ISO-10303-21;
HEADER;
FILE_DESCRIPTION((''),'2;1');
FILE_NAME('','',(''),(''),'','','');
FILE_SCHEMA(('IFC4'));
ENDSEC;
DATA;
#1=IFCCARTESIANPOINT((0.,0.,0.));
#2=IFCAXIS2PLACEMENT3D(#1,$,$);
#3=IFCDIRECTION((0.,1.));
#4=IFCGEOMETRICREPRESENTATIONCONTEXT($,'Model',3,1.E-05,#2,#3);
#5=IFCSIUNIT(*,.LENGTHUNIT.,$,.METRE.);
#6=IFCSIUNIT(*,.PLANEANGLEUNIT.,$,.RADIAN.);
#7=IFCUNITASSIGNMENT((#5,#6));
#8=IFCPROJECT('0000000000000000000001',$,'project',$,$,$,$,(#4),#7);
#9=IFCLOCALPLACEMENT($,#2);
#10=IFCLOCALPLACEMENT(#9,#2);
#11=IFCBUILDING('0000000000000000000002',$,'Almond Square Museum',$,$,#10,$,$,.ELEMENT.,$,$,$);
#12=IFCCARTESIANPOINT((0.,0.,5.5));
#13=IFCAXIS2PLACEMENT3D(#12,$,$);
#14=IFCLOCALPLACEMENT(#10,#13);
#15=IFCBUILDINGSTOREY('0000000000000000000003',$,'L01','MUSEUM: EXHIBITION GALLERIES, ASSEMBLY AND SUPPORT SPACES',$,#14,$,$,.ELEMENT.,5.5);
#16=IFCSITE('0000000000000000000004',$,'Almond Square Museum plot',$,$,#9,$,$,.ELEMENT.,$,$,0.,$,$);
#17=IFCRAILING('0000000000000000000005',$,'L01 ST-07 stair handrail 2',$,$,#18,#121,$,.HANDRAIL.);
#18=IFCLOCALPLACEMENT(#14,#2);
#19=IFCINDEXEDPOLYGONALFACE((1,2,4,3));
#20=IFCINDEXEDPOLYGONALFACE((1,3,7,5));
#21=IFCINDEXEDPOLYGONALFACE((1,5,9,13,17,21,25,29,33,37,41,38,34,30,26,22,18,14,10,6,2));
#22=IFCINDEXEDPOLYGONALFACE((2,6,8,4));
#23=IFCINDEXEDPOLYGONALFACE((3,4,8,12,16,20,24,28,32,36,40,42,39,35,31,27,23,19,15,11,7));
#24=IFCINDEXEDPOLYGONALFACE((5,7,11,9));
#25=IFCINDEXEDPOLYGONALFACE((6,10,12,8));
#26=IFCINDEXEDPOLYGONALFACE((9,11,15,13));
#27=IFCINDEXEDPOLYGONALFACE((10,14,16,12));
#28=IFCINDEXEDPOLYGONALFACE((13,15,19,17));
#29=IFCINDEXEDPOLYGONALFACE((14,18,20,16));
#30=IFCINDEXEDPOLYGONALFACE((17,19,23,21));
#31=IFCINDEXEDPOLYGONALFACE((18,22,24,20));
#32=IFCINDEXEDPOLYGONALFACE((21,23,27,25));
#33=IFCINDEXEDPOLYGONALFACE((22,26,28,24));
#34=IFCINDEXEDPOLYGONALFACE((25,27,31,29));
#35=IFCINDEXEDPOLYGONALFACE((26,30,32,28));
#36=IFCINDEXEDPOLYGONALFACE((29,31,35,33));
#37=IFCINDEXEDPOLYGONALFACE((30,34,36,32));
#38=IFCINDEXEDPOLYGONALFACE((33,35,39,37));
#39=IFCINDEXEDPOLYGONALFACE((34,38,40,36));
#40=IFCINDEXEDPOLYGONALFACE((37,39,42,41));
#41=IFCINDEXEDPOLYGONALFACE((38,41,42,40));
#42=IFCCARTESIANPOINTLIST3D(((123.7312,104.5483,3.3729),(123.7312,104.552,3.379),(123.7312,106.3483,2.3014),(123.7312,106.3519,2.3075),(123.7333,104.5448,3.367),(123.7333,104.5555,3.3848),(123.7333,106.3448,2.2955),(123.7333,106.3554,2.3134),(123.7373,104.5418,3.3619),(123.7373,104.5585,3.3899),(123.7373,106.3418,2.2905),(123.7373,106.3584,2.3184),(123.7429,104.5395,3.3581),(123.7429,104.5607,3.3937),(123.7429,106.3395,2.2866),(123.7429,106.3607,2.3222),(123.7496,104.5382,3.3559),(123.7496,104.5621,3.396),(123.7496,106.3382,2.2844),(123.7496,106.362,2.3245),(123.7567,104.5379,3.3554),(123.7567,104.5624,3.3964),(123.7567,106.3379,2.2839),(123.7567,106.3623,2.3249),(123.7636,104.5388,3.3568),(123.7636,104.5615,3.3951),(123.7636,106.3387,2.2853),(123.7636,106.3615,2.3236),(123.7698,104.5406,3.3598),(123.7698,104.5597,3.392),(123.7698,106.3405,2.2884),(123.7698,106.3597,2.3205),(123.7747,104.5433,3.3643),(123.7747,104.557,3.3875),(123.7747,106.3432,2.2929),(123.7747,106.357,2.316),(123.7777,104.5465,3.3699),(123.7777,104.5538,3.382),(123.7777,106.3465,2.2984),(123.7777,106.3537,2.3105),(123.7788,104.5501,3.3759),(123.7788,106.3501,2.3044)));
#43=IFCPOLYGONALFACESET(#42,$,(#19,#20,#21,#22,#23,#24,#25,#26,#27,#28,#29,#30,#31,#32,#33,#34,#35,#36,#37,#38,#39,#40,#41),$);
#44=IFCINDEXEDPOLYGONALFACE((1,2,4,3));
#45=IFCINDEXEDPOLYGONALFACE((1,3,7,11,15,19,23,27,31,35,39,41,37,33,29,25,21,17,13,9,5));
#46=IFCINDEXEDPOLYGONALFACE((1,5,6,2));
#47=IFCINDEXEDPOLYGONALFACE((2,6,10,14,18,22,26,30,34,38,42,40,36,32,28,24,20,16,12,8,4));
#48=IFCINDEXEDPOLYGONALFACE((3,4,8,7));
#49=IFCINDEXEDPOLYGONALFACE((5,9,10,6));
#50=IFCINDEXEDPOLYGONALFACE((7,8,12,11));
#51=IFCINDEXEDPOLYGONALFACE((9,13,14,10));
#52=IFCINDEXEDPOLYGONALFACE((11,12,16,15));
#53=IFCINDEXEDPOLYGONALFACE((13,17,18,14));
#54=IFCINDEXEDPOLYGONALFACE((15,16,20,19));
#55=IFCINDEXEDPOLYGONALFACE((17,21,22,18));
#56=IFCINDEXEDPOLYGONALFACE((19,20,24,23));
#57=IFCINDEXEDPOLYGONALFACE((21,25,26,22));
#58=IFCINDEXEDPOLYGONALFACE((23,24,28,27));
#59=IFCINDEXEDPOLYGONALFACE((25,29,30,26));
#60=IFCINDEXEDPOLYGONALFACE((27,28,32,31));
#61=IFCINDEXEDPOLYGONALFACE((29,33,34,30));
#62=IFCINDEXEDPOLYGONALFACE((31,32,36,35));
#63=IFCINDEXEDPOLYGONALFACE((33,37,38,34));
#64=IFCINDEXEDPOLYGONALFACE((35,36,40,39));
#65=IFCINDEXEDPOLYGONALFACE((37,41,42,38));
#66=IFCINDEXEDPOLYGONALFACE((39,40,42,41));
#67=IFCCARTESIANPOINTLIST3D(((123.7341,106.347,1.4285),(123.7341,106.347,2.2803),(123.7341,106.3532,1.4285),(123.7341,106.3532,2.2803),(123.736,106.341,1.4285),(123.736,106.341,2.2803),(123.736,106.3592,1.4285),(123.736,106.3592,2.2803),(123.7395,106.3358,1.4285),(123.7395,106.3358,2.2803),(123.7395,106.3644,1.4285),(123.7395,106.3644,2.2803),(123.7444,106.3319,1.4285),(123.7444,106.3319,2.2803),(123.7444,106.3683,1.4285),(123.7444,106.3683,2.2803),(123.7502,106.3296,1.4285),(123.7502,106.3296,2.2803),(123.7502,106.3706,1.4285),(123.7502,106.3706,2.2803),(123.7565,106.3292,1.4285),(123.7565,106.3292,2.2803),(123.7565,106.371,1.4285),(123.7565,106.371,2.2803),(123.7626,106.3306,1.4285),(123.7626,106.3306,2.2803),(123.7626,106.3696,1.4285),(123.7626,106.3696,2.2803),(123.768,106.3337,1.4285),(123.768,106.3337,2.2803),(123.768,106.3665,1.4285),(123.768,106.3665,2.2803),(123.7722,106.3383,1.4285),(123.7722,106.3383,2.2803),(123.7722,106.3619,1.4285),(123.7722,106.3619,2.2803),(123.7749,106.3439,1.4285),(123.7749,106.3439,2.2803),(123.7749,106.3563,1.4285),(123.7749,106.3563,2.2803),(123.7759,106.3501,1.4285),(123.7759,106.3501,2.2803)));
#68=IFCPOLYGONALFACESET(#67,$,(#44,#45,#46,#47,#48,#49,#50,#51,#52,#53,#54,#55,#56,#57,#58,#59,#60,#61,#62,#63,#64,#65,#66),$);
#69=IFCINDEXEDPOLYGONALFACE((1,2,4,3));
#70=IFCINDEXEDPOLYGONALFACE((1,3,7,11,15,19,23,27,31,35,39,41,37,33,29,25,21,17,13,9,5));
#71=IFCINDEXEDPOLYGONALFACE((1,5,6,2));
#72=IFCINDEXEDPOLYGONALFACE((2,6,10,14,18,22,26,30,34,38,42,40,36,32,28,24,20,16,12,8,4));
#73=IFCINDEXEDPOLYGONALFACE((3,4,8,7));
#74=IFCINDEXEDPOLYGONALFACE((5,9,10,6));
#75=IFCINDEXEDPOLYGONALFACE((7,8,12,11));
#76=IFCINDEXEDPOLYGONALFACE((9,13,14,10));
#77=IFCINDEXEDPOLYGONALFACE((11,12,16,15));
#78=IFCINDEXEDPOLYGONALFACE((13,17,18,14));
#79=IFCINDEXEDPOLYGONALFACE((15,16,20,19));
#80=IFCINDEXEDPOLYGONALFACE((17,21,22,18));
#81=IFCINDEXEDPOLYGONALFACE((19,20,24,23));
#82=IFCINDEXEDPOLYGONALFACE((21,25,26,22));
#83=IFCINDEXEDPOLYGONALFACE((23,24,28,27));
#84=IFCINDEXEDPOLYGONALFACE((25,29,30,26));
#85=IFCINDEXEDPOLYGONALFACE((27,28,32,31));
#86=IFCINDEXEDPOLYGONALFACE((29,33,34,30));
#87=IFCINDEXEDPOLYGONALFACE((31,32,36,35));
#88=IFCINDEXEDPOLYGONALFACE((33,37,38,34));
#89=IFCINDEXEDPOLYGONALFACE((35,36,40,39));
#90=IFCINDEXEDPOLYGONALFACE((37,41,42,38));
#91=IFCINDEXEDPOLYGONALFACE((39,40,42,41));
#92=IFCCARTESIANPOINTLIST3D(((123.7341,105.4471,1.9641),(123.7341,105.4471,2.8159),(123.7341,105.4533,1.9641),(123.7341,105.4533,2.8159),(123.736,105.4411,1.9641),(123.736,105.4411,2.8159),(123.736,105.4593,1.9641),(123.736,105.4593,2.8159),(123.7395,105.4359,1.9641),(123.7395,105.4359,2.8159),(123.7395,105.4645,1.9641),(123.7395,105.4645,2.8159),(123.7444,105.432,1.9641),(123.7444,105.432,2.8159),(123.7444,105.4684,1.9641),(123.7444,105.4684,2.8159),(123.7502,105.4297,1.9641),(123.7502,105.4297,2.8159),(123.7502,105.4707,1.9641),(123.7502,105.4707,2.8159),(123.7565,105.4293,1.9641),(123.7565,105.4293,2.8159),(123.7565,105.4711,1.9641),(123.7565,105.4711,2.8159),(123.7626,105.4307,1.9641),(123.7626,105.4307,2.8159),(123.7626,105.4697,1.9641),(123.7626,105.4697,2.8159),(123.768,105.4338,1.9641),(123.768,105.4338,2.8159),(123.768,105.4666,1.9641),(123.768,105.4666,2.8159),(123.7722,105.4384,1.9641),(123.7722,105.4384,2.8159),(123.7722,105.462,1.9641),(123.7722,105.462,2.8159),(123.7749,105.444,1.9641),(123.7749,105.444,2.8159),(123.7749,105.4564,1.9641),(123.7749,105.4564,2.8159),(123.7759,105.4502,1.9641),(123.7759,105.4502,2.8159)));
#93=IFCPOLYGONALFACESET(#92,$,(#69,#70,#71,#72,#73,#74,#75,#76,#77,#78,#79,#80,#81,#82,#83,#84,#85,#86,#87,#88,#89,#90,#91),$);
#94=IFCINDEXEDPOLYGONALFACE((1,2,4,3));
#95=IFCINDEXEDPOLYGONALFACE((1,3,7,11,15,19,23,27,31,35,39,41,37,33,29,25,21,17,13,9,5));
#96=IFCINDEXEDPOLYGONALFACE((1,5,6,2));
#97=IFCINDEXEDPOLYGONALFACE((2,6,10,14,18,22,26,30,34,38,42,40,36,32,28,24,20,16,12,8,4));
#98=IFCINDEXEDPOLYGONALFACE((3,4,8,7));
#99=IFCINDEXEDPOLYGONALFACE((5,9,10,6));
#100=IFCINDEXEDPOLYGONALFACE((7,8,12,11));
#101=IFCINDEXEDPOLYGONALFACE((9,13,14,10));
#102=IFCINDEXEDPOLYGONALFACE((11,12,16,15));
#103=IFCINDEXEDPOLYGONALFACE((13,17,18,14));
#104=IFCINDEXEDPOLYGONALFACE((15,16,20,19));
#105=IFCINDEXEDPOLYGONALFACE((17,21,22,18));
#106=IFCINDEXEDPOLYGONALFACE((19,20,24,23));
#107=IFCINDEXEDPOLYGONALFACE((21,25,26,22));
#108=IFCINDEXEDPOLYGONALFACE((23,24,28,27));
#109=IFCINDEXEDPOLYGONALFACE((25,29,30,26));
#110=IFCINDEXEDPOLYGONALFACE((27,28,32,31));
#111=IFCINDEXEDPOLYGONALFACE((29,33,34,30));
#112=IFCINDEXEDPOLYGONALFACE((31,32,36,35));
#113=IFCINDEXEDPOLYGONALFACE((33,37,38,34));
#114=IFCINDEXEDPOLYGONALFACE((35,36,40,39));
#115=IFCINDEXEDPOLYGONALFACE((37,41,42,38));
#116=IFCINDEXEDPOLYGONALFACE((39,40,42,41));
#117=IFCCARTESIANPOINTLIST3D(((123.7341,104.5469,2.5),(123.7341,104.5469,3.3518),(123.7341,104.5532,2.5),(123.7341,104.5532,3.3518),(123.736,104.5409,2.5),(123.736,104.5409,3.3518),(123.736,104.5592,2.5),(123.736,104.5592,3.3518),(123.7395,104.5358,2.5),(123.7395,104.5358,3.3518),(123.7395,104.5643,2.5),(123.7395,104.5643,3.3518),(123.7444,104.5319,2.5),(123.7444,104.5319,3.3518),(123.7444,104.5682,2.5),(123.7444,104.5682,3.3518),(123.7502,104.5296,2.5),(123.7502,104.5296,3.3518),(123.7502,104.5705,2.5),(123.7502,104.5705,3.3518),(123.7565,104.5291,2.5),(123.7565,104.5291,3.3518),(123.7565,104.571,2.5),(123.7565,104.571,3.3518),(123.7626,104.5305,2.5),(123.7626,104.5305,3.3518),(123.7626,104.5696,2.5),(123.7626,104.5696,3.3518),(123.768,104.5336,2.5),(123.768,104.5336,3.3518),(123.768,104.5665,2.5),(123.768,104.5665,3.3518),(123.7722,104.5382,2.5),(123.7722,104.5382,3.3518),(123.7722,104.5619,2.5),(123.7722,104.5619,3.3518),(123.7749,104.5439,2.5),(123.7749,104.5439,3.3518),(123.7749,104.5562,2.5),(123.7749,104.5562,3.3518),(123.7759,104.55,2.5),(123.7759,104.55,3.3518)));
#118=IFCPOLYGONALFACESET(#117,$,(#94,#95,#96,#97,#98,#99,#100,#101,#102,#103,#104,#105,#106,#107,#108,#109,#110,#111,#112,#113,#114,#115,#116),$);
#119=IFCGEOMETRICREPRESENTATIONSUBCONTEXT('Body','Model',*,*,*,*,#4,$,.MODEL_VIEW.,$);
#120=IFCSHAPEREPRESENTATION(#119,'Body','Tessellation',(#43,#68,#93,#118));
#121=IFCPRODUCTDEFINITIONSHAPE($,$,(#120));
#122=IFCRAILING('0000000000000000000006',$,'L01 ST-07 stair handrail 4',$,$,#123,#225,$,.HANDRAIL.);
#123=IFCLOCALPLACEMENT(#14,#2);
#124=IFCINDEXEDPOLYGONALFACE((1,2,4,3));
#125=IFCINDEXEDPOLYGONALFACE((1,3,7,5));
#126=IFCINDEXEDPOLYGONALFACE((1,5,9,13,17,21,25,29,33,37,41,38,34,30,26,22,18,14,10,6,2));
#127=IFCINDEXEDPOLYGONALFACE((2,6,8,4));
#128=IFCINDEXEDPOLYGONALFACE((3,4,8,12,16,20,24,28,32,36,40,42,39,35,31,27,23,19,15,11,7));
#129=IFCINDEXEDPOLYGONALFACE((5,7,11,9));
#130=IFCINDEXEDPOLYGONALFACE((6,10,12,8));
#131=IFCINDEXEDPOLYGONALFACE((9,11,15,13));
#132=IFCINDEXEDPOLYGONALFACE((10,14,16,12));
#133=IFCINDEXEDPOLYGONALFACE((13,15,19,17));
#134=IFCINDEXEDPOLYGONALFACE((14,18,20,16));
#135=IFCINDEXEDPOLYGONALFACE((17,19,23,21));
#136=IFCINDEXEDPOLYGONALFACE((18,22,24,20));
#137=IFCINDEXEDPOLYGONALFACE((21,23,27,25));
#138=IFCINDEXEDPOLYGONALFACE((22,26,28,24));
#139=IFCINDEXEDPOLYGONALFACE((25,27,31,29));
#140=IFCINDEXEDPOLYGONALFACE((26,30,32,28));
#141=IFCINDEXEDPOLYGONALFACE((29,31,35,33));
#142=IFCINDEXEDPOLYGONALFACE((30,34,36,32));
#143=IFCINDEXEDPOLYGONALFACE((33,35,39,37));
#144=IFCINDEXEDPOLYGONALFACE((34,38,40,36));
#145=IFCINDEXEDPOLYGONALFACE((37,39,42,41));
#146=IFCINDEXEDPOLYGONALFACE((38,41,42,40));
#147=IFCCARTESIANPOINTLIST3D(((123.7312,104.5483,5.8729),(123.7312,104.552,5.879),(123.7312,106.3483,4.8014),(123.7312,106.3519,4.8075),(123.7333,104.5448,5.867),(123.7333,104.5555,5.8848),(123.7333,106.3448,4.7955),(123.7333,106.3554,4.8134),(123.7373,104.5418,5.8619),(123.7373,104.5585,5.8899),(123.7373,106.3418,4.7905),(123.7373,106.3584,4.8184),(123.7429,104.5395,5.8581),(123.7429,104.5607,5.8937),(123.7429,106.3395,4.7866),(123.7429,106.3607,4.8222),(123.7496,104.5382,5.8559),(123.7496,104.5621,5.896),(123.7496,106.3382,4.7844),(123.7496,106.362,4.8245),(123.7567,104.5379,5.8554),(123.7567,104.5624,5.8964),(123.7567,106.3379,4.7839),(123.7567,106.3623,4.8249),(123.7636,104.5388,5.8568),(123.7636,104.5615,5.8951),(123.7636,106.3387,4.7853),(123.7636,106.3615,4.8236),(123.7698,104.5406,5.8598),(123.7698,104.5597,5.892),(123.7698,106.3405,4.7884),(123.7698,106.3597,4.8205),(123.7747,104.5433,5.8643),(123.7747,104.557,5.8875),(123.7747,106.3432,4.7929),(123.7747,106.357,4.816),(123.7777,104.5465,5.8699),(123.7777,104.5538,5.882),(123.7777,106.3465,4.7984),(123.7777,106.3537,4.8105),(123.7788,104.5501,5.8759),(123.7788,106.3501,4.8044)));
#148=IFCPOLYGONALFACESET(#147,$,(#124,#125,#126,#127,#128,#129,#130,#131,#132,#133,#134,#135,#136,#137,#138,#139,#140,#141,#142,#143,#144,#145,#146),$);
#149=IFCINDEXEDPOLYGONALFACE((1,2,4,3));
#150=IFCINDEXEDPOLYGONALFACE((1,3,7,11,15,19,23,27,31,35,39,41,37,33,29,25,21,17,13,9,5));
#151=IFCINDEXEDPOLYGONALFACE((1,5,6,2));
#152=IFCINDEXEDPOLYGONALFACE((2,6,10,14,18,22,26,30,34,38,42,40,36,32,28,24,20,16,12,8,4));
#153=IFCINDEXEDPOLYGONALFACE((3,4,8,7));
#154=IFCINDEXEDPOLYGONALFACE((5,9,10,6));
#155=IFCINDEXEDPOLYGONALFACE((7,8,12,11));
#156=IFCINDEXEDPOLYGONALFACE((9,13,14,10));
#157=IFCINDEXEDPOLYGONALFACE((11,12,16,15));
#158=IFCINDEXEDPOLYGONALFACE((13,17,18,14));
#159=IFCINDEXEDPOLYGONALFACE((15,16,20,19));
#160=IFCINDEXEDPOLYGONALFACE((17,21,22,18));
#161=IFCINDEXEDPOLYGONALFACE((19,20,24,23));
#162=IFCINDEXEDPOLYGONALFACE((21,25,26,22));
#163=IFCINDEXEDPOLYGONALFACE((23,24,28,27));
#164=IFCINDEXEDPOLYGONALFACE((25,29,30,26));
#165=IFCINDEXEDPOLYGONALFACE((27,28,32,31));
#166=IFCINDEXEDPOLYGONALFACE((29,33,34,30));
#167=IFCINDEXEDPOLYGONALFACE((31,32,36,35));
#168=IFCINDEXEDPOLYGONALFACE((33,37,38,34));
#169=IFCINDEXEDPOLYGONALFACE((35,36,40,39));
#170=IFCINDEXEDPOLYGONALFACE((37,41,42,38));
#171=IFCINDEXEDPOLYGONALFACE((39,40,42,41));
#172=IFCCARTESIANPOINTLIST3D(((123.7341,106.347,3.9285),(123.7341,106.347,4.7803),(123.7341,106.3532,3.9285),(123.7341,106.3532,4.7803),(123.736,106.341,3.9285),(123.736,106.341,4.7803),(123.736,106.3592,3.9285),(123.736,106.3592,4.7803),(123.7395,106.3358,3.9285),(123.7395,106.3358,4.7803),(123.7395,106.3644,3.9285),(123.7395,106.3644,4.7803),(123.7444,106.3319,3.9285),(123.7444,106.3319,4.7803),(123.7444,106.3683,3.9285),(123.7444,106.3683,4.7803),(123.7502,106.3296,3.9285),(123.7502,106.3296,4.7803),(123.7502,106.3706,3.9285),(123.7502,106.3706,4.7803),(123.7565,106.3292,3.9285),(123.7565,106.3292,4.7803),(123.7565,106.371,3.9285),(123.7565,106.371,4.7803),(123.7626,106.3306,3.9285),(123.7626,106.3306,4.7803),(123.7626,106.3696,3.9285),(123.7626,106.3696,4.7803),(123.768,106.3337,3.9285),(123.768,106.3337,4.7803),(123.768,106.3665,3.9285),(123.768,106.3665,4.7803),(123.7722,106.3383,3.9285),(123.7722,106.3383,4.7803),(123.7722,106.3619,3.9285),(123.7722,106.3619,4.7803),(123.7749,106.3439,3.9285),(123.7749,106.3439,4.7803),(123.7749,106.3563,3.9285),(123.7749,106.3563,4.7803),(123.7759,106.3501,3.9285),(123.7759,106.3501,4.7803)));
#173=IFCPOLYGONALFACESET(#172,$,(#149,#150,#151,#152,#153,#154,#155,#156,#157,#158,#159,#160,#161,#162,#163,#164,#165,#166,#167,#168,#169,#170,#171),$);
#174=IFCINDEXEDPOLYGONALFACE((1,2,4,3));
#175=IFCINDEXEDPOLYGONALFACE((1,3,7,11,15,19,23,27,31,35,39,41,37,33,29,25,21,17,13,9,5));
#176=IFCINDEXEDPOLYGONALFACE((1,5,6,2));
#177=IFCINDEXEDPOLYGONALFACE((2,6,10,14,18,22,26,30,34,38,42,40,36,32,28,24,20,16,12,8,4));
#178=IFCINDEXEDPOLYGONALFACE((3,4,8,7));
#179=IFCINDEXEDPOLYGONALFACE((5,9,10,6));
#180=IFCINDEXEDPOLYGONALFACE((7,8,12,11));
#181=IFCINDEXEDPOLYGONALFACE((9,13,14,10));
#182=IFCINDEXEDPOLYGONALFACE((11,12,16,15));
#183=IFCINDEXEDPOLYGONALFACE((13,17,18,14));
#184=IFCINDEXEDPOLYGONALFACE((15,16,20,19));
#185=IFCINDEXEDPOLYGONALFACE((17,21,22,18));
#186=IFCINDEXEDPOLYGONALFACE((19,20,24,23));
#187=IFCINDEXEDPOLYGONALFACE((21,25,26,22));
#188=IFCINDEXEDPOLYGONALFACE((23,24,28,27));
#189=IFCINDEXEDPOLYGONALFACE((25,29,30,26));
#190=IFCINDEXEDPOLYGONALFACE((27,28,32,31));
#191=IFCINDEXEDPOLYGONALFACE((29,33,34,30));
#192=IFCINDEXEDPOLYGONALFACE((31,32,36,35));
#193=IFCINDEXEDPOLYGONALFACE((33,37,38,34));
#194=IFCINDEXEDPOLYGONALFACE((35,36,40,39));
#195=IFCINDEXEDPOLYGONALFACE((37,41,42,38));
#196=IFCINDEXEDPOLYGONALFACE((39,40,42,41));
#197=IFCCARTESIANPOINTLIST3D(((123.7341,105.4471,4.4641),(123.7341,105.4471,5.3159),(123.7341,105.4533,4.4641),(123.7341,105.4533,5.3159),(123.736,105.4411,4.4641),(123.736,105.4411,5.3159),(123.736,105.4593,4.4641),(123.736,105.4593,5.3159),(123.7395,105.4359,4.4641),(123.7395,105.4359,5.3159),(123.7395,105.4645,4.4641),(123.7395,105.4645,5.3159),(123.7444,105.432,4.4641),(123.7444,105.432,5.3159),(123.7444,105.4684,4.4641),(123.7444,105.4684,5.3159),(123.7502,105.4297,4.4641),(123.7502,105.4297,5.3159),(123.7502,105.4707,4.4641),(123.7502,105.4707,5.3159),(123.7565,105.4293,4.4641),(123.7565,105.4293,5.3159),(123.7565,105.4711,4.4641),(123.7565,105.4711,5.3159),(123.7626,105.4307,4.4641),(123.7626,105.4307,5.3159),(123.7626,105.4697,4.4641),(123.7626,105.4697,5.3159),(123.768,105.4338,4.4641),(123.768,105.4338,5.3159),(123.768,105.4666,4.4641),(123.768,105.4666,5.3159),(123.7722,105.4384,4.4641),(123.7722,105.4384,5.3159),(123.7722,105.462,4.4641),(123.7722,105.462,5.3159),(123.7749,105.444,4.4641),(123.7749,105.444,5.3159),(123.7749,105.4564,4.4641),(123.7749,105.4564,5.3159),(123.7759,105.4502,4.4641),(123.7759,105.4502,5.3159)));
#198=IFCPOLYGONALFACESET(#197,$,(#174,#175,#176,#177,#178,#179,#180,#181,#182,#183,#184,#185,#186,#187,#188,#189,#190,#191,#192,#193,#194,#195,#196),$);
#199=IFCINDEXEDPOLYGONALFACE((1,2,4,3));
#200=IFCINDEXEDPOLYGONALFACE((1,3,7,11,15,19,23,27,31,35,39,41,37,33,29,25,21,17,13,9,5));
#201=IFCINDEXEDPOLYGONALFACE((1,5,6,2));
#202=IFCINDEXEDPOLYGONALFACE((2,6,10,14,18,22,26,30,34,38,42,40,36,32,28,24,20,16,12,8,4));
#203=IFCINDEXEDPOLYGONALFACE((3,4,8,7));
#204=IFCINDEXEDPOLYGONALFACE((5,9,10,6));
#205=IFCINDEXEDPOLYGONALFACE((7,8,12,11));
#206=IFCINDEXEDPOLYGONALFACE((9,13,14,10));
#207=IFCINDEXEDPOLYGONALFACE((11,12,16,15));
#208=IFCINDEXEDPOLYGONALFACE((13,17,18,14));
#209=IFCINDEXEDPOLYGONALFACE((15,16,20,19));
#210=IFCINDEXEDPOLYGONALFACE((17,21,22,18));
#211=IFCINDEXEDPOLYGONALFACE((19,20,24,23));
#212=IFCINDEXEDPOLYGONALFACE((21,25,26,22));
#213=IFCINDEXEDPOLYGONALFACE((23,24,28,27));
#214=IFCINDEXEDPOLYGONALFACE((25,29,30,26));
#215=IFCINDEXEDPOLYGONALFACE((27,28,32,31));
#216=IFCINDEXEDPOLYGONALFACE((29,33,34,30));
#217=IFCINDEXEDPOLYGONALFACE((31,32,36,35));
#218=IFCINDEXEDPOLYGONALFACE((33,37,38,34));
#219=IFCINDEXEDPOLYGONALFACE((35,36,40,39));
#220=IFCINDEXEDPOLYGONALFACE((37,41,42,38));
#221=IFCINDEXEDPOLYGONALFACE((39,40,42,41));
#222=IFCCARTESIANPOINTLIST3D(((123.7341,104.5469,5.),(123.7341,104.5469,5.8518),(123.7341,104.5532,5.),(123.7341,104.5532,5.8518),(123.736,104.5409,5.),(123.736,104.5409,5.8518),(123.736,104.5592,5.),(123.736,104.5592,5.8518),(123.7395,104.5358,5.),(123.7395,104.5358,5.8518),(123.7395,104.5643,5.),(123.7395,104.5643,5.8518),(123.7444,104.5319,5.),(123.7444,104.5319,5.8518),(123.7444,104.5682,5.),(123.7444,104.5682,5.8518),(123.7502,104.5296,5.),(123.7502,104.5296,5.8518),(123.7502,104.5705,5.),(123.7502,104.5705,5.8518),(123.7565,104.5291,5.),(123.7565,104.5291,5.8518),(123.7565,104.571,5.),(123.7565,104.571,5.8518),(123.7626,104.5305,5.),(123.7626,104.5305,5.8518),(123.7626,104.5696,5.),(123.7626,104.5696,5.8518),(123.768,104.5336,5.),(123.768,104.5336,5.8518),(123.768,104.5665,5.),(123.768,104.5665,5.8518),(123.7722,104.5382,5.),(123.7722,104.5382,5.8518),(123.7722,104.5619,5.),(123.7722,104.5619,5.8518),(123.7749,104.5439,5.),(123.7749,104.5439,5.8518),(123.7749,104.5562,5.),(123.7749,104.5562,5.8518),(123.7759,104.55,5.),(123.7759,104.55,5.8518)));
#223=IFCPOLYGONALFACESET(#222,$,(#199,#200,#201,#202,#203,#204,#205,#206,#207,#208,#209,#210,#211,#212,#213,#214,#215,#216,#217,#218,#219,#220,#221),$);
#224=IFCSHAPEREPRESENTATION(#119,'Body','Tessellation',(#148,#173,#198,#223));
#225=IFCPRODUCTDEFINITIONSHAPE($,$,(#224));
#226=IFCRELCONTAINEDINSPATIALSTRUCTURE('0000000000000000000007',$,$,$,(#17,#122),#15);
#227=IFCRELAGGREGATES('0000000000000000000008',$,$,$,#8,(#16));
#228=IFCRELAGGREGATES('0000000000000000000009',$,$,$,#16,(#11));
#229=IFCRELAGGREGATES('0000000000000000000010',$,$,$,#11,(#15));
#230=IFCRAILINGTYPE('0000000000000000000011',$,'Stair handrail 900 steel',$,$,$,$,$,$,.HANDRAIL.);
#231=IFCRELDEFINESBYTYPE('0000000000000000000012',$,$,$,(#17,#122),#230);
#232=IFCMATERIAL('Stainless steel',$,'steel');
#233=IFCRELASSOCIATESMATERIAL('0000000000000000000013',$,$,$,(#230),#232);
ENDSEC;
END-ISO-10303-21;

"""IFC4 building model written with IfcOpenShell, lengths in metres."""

from ifc_helpers import new_model, si_unit, direction, frame, origin, origin_2d, place, context, subcontext, project, spatial, circle, extrude, material, type_object, element, save


model = new_model("IFC4")

# Units and contexts
model_context = context("Model", 3, precision=1e-05, world=origin(), true_north=direction((0.0, 1.0)))
body_context = subcontext(model_context, "Body", "Model", "MODEL_VIEW")
ifc_project = project(units=[si_unit("LENGTHUNIT", "METRE"), si_unit("PLANEANGLEUNIT", "RADIAN")], contexts=[model_context])

# Site, building, storey
site_placement = place(None, origin())
site = spatial("IfcSite", under=ifc_project, at=site_placement, Name="Almond Square Museum plot", CompositionType="ELEMENT", RefElevation=0.0)
building_placement = place(site_placement, origin())
building = spatial("IfcBuilding", under=site, at=building_placement, Name="Almond Square Museum", CompositionType="ELEMENT")
storey_placement = place(building_placement, frame((0.0, 0.0, 5.5)))
storey = spatial("IfcBuildingStorey", under=building, at=storey_placement, Name="L01", Description="MUSEUM: EXHIBITION GALLERIES, ASSEMBLY AND SUPPORT SPACES", CompositionType="ELEMENT", Elevation=5.5)

# Railings
ifc_material_1 = material(Name="Stainless steel", Category="steel")
railing_type = type_object("IfcRailingType", Name="Stair handrail 900 steel", PredefinedType="HANDRAIL", material=ifc_material_1)
for number, where, name in (
    (1, (123.7549, 106.3501, 1.4285), "L01 ST-07 stair handrail 2"),
    (2, (123.7549, 106.3501, 3.9285), "L01 ST-07 stair handrail 4"),
):
    element("IfcRailing", number, at=place(storey_placement, frame(where)), inside=storey, type_object=railing_type, Name=name, PredefinedType="HANDRAIL", context=body_context, shape_type="SweptSolid", body=[
        extrude(circle(Radius=0.0239, at=origin_2d()), frame((0.0, 0.0, 0.876), z_axis=(0.0, -0.859277, 0.51151), x_axis=(1.0, 0.0, 0.0)), (0.0, 0.0, 1.0), 2.0947),
        extrude(circle(Radius=0.021, at=origin_2d()), origin(), (0.0, 0.0, 1.0), 0.8518),
        extrude(circle(Radius=0.021, at=origin_2d()), frame((0.0, -0.8999, 0.5356)), (0.0, 0.0, 1.0), 0.8518),
        extrude(circle(Radius=0.021, at=origin_2d()), frame((0.0, -1.8, 1.0715)), (0.0, 0.0, 1.0), 0.8518),
    ])

save(model, "model.ifc")
